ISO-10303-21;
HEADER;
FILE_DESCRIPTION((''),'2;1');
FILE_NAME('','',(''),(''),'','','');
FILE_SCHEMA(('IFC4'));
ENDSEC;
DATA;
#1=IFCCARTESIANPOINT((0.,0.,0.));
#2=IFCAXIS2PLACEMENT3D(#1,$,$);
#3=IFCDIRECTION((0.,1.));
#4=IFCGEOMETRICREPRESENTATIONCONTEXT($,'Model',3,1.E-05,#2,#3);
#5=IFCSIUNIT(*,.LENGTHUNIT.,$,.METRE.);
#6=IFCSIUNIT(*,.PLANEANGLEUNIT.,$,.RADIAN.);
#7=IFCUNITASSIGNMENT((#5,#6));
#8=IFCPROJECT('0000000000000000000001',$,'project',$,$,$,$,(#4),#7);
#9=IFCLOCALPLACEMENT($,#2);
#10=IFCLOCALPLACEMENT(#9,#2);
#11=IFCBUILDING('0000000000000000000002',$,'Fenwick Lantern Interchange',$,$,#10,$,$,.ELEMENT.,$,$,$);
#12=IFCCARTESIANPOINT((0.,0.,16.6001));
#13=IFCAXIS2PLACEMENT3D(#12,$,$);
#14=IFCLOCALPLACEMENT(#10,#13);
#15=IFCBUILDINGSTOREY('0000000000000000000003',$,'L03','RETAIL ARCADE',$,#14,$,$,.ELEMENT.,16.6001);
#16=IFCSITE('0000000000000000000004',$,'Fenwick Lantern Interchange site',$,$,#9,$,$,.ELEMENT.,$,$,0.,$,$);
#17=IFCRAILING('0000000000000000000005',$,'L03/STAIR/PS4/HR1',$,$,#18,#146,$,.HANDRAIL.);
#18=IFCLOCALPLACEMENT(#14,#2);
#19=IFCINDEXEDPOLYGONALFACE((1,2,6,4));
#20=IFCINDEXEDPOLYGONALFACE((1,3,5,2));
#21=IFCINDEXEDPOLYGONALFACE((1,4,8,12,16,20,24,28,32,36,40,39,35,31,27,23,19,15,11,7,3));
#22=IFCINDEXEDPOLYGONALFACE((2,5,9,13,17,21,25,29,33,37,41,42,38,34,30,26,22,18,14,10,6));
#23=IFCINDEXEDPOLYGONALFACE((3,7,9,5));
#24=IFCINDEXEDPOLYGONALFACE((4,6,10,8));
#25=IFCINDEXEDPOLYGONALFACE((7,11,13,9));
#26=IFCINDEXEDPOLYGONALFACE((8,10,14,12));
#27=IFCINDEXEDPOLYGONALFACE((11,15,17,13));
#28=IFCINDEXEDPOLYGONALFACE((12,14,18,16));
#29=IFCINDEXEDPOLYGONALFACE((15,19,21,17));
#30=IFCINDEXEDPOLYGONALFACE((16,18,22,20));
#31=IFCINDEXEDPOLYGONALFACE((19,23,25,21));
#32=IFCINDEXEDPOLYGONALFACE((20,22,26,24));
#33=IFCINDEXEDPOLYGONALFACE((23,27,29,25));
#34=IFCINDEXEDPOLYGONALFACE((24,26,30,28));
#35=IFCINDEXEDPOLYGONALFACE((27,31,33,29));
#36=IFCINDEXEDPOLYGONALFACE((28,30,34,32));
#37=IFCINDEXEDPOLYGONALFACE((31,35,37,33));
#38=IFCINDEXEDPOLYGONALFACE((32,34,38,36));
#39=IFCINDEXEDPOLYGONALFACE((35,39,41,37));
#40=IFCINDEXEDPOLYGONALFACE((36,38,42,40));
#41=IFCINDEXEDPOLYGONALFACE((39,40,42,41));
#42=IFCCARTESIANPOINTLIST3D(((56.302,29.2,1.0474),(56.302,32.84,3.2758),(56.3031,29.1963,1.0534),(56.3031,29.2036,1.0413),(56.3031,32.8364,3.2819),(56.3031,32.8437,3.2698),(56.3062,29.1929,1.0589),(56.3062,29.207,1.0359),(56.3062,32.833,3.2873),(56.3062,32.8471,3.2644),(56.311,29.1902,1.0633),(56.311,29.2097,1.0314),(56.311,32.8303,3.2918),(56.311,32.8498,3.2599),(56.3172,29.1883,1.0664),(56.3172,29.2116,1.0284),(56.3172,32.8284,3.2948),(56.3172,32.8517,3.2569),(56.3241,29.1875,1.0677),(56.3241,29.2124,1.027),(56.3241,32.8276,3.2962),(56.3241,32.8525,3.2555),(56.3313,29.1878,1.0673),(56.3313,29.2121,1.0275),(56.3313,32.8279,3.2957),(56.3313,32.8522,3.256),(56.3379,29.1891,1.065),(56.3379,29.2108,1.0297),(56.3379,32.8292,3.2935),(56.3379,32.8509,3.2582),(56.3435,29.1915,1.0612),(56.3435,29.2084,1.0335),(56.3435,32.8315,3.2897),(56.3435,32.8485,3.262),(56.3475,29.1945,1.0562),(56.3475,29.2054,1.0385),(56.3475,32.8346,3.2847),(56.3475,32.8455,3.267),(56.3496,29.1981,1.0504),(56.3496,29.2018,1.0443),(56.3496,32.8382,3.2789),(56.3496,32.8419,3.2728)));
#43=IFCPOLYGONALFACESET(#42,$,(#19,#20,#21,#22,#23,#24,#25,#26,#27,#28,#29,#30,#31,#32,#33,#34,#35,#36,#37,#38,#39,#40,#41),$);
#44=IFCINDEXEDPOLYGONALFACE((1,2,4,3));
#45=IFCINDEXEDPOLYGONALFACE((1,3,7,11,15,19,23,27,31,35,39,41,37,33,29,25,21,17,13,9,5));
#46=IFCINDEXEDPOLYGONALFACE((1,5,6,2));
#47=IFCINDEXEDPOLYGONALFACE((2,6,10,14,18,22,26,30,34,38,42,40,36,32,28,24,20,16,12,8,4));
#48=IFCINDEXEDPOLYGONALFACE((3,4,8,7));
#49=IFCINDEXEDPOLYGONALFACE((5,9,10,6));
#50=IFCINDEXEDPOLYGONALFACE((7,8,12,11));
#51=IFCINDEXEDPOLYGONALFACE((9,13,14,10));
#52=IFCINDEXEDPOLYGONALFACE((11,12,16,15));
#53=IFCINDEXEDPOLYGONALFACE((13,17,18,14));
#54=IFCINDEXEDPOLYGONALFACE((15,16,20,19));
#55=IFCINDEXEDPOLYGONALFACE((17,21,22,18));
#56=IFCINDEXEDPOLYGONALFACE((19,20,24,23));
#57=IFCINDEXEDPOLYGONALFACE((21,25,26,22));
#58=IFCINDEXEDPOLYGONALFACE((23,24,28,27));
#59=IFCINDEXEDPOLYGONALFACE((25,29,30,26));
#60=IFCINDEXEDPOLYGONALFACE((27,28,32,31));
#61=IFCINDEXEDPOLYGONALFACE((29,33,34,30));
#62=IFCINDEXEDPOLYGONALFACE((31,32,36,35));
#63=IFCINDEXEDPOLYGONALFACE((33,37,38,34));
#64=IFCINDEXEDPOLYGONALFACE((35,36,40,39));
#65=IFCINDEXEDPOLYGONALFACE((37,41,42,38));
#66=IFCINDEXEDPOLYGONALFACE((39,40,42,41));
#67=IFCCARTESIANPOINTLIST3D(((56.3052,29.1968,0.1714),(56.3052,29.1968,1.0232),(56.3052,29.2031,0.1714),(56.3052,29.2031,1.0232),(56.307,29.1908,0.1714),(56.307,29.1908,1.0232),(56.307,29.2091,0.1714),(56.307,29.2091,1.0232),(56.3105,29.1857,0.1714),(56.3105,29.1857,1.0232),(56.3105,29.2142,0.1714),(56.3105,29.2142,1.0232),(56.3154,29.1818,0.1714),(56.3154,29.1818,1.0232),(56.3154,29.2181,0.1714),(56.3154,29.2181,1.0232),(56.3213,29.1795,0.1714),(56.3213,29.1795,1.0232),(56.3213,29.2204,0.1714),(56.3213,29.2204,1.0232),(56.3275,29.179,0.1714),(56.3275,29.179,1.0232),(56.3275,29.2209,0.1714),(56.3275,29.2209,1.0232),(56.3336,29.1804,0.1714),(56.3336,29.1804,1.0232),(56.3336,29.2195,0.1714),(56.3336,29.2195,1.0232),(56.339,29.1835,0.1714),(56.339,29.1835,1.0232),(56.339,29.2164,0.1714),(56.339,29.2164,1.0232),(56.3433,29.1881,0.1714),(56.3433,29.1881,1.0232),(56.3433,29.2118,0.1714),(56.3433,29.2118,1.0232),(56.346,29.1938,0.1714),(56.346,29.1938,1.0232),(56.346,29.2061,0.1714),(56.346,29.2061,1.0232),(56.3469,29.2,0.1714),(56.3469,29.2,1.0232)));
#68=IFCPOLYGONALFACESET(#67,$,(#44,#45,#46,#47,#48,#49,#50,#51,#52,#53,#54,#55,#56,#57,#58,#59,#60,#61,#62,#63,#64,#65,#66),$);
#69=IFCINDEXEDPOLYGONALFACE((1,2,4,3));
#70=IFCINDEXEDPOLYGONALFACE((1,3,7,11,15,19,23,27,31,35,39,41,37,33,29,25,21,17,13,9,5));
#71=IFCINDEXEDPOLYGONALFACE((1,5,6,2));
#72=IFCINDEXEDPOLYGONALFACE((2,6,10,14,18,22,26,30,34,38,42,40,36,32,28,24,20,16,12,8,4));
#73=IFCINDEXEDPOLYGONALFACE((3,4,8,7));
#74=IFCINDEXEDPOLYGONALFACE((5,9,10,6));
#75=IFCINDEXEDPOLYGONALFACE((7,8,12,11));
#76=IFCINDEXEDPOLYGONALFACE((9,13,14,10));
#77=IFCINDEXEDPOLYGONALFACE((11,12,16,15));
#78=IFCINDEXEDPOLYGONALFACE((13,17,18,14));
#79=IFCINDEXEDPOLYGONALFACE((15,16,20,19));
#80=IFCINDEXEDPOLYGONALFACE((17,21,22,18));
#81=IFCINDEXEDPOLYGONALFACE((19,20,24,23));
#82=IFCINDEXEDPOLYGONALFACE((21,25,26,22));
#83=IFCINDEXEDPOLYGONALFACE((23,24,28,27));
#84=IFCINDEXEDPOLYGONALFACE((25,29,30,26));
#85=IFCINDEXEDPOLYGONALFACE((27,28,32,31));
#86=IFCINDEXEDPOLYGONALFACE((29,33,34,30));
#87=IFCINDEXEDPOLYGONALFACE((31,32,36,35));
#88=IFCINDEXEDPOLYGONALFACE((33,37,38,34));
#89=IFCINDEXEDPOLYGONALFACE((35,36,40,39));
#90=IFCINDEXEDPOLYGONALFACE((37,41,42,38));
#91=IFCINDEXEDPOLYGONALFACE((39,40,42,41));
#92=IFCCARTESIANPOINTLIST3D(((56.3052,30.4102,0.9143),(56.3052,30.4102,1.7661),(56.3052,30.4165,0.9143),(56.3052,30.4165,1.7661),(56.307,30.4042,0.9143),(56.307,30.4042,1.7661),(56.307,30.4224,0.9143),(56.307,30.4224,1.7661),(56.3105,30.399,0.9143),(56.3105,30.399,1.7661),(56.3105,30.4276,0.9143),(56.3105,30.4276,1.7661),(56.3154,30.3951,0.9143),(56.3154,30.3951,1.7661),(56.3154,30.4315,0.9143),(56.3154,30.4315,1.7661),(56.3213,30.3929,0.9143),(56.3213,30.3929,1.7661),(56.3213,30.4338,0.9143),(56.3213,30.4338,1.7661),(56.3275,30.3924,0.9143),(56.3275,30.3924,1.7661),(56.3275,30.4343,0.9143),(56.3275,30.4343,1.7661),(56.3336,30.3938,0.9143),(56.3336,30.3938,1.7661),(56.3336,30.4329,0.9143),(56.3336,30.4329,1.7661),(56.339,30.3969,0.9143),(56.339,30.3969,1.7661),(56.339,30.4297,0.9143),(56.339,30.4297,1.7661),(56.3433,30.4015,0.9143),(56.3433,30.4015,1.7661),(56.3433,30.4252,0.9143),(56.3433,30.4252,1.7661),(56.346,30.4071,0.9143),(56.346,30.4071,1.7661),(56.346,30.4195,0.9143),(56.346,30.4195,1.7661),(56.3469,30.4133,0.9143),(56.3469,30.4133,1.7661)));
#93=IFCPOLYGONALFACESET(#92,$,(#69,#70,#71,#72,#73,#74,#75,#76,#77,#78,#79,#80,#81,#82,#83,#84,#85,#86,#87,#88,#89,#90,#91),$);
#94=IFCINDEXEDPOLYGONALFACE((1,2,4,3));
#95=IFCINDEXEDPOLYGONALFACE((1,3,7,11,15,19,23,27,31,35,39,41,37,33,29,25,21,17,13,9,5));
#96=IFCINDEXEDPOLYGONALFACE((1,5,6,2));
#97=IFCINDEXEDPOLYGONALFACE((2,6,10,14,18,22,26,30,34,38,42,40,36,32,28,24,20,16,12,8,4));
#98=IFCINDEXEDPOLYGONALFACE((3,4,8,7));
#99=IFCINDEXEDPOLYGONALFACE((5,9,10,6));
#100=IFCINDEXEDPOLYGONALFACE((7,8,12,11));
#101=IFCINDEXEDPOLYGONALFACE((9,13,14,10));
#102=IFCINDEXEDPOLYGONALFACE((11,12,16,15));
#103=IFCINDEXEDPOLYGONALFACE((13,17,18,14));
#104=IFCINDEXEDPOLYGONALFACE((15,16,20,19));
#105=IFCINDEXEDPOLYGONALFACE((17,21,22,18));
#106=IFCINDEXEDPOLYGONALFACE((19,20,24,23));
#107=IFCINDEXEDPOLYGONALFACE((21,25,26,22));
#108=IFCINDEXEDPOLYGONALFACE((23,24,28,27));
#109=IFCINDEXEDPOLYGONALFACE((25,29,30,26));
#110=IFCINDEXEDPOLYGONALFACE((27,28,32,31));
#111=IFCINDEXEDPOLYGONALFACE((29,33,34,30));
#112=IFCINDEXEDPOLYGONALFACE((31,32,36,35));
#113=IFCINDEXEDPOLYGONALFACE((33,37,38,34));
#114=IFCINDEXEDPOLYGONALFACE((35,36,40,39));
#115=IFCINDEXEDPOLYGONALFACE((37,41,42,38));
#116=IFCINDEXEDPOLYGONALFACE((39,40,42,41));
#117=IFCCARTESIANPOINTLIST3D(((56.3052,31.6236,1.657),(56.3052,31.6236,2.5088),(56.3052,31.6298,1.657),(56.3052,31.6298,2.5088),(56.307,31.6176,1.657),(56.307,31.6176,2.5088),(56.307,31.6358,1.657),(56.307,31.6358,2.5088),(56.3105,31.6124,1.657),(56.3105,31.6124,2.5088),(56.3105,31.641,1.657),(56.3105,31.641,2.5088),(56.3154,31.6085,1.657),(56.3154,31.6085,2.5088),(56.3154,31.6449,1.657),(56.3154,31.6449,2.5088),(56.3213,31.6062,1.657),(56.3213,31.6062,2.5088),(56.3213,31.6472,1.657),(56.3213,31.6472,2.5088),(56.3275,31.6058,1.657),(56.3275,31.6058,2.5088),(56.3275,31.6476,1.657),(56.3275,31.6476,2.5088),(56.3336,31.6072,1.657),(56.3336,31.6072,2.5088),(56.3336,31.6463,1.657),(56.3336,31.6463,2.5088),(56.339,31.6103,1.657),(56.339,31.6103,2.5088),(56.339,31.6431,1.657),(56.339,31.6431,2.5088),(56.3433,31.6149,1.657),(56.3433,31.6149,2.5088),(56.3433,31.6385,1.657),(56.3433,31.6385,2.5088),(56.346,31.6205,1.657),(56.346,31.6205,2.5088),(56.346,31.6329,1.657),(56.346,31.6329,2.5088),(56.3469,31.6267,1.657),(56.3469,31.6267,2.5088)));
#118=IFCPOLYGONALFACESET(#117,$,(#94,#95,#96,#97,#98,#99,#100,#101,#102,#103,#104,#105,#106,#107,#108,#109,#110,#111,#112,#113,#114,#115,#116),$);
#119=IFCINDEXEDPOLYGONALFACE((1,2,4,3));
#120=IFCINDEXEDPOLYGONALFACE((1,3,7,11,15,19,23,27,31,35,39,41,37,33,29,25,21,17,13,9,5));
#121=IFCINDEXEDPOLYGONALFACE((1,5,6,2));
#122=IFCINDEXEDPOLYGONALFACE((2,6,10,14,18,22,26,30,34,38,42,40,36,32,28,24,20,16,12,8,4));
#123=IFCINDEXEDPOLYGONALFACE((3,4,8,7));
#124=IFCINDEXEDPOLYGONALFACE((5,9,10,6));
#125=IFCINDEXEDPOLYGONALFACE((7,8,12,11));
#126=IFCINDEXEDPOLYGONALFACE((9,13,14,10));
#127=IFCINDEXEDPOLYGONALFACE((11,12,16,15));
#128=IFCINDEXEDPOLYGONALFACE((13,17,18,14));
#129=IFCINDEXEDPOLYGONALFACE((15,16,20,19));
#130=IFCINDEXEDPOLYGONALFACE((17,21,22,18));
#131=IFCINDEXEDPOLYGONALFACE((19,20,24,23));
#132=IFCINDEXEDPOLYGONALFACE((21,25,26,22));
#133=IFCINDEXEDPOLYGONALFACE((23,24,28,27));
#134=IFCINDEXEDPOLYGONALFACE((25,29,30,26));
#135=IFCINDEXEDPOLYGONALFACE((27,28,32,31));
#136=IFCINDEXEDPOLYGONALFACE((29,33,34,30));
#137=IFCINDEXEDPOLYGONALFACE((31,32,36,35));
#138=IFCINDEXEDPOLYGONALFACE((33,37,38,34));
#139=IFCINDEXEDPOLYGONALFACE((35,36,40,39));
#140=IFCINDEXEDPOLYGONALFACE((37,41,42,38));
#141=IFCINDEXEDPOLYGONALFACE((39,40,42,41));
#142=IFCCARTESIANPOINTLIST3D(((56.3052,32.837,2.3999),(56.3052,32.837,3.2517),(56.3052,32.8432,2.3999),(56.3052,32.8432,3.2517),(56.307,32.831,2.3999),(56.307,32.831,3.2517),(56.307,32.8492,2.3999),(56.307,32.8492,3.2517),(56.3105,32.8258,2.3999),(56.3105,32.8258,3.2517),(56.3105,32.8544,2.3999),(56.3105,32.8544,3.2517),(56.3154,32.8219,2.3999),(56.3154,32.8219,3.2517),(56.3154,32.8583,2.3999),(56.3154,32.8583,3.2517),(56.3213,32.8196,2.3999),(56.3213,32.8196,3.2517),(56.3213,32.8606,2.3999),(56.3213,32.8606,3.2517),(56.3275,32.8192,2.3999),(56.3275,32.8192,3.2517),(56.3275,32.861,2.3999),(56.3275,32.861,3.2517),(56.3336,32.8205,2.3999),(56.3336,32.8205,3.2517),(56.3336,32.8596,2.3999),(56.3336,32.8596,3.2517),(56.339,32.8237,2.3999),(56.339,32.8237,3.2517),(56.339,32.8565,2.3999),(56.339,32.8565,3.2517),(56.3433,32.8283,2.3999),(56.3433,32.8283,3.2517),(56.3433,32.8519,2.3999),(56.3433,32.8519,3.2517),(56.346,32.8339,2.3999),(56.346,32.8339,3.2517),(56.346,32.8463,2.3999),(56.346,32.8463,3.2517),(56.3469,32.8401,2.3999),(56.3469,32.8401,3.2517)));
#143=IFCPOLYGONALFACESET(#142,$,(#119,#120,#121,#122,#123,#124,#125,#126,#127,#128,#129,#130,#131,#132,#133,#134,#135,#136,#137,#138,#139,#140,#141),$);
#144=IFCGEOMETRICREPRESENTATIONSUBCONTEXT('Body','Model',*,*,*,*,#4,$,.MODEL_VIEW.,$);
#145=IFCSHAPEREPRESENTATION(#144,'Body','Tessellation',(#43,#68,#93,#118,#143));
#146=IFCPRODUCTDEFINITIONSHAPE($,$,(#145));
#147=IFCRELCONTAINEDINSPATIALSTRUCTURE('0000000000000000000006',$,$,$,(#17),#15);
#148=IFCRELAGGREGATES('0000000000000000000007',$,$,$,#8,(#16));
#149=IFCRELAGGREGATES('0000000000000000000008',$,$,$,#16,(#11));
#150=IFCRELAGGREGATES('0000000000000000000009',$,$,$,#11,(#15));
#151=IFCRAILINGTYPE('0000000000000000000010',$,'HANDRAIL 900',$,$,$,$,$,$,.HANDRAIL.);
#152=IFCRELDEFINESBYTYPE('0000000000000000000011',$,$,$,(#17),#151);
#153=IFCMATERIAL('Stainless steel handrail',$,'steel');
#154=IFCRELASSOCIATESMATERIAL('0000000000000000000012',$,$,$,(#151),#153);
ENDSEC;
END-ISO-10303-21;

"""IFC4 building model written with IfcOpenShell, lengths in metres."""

from ifc_helpers import new_model, si_unit, direction, frame, origin, origin_2d, place, context, subcontext, project, spatial, circle, extrude, material, type_object, element, save


model = new_model("IFC4")

# Units and contexts
model_context = context("Model", 3, precision=1e-05, world=origin(), true_north=direction((0.0, 1.0)))
body_context = subcontext(model_context, "Body", "Model", "MODEL_VIEW")
ifc_project = project(units=[si_unit("LENGTHUNIT", "METRE"), si_unit("PLANEANGLEUNIT", "RADIAN")], contexts=[model_context])

# Site, building, storey
site_placement = place(None, origin())
site = spatial("IfcSite", under=ifc_project, at=site_placement, Name="Fenwick Lantern Interchange site", CompositionType="ELEMENT", RefElevation=0.0)
building_placement = place(site_placement, origin())
building = spatial("IfcBuilding", under=site, at=building_placement, Name="Fenwick Lantern Interchange", CompositionType="ELEMENT")
storey_placement = place(building_placement, frame((0.0, 0.0, 16.6001)))
storey = spatial("IfcBuildingStorey", under=building, at=storey_placement, Name="L03", Description="RETAIL ARCADE", CompositionType="ELEMENT", Elevation=16.6001)

# Railing
ifc_material_1 = material(Name="Stainless steel handrail", Category="steel")
railing_type = type_object("IfcRailingType", Name="HANDRAIL 900", PredefinedType="HANDRAIL", material=ifc_material_1)
railing_1_placement = place(storey_placement, frame((56.3259, 29.2, 0.1714)))
element("IfcRailing", 1, at=railing_1_placement, inside=storey, type_object=railing_type, Name="L03/STAIR/PS4/HR1", PredefinedType="HANDRAIL", context=body_context, shape_type="SweptSolid", body=[
    extrude(circle(Radius=0.0239, at=origin_2d()), frame((0.0, 0.0, 0.876), z_axis=(0.0, 0.852866, 0.52213), x_axis=(-1.0, 0.0, 0.0)), (0.0, 0.0, 1.0), 4.2681),
    extrude(circle(Radius=0.021, at=origin_2d()), origin(), (0.0, 0.0, 1.0), 0.8518),
    extrude(circle(Radius=0.021, at=origin_2d()), frame((0.0, 1.2134, 0.7429)), (0.0, 0.0, 1.0), 0.8518),
    extrude(circle(Radius=0.021, at=origin_2d()), frame((0.0, 2.4268, 1.4856)), (0.0, 0.0, 1.0), 0.8518),
    extrude(circle(Radius=0.021, at=origin_2d()), frame((0.0, 3.6401, 2.2285)), (0.0, 0.0, 1.0), 0.8518),
])

save(model, "model.ifc")
